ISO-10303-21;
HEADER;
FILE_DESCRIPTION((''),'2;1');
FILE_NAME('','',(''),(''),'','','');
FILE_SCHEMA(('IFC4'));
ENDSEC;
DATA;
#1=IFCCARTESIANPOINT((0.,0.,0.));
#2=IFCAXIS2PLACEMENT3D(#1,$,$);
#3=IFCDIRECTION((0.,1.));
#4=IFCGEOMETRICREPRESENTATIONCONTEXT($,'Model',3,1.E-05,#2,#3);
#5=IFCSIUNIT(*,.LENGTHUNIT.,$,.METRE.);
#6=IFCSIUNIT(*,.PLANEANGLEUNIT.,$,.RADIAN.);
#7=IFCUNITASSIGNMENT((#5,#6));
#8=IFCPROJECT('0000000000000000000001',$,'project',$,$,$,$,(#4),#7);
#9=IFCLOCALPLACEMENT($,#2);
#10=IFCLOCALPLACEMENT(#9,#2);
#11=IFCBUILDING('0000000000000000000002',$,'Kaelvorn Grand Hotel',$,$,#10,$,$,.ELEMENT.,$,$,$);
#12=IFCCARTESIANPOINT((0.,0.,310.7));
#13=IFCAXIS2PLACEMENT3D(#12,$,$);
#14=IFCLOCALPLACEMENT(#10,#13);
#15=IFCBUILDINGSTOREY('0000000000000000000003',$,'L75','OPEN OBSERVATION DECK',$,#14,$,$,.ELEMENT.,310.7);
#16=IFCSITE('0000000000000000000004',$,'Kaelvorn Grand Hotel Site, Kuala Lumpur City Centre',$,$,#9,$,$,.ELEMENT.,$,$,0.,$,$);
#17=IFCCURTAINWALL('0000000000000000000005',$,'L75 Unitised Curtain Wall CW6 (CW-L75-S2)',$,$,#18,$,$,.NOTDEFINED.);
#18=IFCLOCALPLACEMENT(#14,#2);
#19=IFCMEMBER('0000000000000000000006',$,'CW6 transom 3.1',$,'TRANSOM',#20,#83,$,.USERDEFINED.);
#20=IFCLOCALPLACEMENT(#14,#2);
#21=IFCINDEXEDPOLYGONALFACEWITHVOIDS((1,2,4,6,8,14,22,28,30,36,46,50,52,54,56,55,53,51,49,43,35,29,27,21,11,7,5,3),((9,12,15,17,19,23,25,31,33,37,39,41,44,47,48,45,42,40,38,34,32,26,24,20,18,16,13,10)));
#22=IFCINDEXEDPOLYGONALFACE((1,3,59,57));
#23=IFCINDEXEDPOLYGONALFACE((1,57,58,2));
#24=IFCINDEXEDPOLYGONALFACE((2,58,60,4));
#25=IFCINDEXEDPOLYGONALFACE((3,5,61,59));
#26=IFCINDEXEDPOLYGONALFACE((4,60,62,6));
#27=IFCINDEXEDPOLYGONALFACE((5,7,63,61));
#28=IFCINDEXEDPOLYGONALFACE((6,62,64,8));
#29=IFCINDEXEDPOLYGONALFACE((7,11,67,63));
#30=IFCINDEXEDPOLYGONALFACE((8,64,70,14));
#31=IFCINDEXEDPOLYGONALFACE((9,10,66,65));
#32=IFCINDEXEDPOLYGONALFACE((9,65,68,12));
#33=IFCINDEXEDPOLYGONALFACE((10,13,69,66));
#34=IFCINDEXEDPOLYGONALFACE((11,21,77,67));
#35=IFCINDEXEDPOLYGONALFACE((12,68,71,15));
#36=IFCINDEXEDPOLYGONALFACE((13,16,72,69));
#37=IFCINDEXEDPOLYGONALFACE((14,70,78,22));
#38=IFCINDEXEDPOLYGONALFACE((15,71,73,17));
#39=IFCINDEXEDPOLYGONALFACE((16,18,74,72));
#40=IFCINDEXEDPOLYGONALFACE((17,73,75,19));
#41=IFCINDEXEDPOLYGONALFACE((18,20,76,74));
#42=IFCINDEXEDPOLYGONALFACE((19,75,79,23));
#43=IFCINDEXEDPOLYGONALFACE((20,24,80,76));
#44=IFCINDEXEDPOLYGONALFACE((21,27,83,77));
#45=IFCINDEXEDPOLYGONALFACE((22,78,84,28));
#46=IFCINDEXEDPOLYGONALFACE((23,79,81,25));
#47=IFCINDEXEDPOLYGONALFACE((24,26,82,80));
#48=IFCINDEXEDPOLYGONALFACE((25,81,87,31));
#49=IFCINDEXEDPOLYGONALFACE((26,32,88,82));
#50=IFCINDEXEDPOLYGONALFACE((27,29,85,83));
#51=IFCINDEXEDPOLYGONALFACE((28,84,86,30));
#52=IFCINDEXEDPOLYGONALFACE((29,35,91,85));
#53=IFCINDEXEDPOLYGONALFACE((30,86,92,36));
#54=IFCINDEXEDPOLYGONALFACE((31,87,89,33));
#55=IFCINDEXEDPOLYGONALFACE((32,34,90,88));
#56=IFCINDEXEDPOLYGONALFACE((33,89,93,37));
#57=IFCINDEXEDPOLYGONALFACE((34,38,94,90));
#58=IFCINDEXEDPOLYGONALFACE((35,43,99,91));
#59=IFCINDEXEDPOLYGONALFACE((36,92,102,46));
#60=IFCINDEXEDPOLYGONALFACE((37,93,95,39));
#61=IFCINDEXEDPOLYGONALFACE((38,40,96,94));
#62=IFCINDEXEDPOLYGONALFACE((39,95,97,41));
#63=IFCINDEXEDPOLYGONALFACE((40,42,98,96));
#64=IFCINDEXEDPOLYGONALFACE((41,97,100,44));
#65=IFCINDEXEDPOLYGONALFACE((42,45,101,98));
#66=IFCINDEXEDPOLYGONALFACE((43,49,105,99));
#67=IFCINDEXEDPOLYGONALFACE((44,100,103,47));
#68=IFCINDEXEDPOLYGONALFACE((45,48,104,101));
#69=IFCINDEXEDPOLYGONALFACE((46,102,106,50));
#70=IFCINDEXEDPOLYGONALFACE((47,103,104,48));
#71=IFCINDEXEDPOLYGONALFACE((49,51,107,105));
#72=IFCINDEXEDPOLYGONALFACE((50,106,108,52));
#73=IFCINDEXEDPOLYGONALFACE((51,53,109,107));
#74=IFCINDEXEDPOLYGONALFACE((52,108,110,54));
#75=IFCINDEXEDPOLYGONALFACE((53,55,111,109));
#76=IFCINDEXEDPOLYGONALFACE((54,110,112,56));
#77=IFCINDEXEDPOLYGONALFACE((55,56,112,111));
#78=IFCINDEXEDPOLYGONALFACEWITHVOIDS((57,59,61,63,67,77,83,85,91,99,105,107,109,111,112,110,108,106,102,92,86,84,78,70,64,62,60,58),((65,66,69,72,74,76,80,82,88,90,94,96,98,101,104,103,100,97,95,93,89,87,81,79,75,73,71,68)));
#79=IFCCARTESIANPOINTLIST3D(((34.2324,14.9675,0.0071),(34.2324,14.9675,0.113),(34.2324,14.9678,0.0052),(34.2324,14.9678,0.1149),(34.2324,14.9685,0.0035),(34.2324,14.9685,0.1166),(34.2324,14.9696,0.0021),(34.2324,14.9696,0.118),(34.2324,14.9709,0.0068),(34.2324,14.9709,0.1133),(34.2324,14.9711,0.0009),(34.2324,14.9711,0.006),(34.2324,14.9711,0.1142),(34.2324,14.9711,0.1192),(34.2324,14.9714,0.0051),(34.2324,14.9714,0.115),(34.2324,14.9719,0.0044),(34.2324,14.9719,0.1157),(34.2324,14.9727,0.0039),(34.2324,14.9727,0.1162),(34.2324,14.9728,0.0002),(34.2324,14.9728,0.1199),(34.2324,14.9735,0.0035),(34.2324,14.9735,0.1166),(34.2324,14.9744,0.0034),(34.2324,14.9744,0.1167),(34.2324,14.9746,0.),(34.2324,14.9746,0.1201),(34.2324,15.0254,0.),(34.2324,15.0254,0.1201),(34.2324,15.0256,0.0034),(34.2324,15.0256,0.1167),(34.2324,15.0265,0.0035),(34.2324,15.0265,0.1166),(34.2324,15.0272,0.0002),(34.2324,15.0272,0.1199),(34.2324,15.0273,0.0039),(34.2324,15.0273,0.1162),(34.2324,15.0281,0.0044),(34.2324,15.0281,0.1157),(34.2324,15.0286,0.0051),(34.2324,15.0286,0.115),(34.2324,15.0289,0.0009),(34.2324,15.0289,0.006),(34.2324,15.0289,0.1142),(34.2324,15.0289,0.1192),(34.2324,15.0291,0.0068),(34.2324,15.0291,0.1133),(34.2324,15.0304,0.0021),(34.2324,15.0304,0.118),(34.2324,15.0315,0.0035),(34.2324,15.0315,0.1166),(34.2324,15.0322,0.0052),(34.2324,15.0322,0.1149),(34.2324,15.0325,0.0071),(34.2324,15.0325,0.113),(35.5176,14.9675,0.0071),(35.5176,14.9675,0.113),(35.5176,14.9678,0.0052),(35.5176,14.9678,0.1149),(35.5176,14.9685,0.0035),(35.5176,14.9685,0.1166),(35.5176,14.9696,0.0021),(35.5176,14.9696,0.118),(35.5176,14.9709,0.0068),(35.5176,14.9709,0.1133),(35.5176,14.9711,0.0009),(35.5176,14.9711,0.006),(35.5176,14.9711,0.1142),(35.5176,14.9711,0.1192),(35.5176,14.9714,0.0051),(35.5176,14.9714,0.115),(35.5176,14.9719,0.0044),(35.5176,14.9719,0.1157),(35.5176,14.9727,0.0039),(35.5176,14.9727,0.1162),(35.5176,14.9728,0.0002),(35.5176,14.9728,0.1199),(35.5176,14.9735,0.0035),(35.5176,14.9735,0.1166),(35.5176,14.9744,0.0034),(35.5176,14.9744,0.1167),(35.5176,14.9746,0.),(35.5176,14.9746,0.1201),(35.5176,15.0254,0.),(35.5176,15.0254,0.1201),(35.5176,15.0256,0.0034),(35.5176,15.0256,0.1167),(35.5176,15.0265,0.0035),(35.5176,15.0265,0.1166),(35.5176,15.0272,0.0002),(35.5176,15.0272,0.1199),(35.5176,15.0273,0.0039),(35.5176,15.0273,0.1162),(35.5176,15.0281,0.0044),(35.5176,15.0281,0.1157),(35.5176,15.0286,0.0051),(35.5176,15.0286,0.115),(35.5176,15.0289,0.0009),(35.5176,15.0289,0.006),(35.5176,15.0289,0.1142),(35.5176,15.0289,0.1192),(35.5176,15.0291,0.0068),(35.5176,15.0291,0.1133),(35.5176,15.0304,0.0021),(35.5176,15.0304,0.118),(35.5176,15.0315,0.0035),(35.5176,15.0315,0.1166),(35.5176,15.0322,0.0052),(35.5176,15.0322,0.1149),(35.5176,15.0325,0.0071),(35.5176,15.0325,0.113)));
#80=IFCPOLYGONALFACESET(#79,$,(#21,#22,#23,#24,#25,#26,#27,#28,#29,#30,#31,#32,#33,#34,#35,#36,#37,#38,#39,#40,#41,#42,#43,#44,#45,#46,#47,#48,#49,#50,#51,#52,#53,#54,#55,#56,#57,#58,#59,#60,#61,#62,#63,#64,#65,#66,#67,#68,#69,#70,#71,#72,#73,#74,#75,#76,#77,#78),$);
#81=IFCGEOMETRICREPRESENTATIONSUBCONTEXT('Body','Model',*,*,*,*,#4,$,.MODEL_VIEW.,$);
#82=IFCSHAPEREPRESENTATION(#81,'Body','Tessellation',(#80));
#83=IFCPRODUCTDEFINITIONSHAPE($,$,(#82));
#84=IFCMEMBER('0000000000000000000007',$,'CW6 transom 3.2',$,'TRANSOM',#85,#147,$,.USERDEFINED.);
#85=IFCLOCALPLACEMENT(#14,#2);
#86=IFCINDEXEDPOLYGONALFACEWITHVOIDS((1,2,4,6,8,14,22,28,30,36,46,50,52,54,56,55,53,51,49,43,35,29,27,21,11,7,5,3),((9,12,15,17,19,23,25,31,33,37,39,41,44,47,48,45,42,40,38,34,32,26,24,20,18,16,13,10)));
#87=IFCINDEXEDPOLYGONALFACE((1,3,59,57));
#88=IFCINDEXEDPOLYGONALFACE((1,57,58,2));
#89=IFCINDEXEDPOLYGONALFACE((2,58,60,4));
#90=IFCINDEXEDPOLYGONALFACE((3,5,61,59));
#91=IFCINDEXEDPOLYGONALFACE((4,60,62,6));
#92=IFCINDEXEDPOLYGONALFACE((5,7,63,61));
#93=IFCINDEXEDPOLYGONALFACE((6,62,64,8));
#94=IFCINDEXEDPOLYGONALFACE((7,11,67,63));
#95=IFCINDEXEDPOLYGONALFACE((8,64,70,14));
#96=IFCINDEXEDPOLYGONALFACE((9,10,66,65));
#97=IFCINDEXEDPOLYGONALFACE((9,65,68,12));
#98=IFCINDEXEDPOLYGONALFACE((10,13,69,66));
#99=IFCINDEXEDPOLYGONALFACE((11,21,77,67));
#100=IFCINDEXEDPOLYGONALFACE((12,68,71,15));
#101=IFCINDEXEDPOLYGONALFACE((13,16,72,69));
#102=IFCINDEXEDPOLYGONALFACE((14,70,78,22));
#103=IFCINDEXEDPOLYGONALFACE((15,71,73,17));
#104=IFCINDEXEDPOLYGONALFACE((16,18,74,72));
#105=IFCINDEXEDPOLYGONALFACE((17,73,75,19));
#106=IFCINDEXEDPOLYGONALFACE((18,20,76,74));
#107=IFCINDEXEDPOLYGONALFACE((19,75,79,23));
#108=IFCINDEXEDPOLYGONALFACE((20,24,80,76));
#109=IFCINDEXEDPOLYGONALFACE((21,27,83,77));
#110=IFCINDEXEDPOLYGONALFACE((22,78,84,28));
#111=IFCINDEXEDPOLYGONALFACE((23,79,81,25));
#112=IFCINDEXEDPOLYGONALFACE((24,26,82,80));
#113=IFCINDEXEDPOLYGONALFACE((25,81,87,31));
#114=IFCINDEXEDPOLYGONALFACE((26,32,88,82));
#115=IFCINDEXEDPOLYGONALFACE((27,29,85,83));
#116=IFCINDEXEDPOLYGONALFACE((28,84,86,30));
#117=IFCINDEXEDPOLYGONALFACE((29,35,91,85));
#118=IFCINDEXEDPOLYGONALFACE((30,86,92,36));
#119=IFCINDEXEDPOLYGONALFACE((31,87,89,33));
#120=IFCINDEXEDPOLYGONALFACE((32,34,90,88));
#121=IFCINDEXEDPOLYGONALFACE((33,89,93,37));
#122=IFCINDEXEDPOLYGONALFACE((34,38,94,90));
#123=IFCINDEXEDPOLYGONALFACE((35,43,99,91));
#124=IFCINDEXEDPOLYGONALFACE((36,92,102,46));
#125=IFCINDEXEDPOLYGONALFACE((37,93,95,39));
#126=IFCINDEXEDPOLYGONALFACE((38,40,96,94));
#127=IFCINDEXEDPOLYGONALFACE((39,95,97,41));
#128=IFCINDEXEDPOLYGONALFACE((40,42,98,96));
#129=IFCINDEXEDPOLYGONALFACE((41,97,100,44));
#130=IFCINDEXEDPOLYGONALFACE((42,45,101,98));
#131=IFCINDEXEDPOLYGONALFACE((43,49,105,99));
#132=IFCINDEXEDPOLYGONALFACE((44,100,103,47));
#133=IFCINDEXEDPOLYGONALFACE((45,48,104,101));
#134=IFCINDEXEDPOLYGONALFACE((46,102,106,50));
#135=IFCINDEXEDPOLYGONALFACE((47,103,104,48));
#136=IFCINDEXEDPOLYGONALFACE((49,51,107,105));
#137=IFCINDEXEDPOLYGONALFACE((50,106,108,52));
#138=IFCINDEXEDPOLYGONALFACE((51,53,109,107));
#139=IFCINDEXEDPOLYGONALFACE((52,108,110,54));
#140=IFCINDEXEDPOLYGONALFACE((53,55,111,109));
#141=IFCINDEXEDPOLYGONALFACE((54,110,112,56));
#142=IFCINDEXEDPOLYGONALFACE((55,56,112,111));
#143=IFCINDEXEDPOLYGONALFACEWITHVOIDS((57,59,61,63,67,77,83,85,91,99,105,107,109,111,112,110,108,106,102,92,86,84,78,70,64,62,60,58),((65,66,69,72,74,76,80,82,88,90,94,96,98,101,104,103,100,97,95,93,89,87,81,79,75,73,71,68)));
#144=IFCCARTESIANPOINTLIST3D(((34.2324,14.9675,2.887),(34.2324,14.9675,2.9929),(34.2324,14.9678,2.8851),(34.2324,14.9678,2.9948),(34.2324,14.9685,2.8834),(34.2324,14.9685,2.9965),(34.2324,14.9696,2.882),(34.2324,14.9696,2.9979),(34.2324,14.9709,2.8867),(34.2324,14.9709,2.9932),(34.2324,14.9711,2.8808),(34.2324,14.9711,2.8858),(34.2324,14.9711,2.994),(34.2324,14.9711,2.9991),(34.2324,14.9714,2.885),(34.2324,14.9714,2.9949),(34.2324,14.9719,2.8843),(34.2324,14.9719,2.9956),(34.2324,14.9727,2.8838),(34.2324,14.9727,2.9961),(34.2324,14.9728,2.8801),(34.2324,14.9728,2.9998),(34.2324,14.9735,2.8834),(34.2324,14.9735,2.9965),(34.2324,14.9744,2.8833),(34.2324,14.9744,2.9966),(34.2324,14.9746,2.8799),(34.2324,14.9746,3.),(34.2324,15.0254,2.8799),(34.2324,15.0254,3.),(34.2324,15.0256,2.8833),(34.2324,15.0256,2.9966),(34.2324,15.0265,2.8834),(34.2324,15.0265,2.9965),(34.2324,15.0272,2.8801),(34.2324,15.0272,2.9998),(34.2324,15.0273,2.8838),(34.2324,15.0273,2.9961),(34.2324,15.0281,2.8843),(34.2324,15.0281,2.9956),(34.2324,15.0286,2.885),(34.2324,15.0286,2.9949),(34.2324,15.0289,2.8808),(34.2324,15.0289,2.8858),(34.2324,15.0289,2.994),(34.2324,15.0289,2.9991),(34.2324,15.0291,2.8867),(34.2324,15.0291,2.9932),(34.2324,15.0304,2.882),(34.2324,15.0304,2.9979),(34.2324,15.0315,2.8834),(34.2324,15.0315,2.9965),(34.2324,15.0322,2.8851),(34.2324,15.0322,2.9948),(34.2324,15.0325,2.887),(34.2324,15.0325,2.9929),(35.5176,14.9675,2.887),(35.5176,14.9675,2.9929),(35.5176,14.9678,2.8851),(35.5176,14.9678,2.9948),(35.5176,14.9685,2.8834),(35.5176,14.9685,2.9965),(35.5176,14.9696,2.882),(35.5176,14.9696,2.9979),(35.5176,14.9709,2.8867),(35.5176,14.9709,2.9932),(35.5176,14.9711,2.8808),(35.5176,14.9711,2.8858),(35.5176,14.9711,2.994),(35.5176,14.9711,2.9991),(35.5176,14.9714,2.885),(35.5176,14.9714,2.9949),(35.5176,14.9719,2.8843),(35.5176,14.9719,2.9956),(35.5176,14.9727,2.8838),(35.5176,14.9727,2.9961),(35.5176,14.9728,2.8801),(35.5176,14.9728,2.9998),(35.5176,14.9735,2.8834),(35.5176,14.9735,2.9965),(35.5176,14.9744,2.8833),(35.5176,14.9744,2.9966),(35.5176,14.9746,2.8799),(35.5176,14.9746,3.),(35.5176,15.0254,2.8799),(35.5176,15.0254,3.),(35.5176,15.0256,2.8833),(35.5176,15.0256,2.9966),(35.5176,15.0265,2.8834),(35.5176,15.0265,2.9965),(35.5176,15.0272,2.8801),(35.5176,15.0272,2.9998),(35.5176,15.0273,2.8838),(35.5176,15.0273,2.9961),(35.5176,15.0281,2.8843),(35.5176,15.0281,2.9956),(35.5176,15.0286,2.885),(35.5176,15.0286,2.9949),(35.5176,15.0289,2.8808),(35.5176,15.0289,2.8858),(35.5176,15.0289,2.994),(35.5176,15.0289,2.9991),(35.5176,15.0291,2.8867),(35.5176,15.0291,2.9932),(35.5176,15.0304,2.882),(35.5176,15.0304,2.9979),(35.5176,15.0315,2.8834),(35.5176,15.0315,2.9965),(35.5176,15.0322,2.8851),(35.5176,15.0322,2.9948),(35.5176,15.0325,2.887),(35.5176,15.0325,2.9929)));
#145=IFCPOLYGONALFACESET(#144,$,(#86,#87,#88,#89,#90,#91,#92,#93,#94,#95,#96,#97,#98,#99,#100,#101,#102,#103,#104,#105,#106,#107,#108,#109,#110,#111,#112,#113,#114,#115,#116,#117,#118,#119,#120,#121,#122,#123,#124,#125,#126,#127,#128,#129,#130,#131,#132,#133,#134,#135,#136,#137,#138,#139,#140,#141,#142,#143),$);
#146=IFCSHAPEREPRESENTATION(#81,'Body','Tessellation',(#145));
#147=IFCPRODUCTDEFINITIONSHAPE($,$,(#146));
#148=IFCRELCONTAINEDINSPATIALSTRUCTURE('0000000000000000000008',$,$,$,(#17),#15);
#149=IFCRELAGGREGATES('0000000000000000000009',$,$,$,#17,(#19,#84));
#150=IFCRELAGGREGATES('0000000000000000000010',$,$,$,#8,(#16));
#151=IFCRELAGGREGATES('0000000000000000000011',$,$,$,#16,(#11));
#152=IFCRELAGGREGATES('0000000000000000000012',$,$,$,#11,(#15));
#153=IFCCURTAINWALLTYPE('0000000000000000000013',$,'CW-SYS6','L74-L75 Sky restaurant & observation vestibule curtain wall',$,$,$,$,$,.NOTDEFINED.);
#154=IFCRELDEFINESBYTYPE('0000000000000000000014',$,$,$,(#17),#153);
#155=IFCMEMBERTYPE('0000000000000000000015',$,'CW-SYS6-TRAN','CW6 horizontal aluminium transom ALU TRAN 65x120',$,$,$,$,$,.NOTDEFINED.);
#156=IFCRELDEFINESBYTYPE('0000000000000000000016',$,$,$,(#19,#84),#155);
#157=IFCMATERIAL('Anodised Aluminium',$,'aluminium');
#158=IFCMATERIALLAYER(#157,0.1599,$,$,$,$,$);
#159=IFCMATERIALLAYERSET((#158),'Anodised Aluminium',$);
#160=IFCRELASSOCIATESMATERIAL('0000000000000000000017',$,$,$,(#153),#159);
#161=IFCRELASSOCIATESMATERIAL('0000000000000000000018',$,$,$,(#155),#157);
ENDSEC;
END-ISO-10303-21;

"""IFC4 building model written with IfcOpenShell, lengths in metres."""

from ifc_helpers import new_model, si_unit, direction, frame, origin, origin_2d, place, context, subcontext, project, spatial, hollow_rectangle, extrude, material, layer, layer_set, material_profile, profile_set, type_object, element, aggregate, save


model = new_model("IFC4")

# Units and contexts
model_context = context("Model", 3, precision=1e-05, world=origin(), true_north=direction((0.0, 1.0)))
body_context = subcontext(model_context, "Body", "Model", "MODEL_VIEW")
ifc_project = project(units=[si_unit("LENGTHUNIT", "METRE"), si_unit("PLANEANGLEUNIT", "RADIAN")], contexts=[model_context])

# Site, building, storey
site_placement = place(None, origin())
site = spatial("IfcSite", under=ifc_project, at=site_placement, Name="Kaelvorn Grand Hotel Site, Kuala Lumpur City Centre", CompositionType="ELEMENT", RefElevation=0.0)
building_placement = place(site_placement, origin())
building = spatial("IfcBuilding", under=site, at=building_placement, Name="Kaelvorn Grand Hotel", CompositionType="ELEMENT")
storey_placement = place(building_placement, frame((0.0, 0.0, 310.7)))
storey = spatial("IfcBuildingStorey", under=building, at=storey_placement, Name="L75", Description="OPEN OBSERVATION DECK", CompositionType="ELEMENT", Elevation=310.7)

# Curtain wall, members
ifc_material_1 = material(Name="Anodised Aluminium", Category="aluminium")
ifc_layer_1 = layer(ifc_material_1, 0.1599)
ifc_layer_set_1 = layer_set([ifc_layer_1], Name="Anodised Aluminium")
curtain_wall_type = type_object("IfcCurtainWallType", Name="CW-SYS6", Description="L74-L75 Sky restaurant & observation vestibule curtain wall", PredefinedType="NOTDEFINED", material=ifc_layer_set_1)
curtain_wall_placement = place(storey_placement, origin())
curtain_wall = element("IfcCurtainWall", 1, at=curtain_wall_placement, inside=storey, type_object=curtain_wall_type, Name="L75 Unitised Curtain Wall CW6 (CW-L75-S2)", PredefinedType="NOTDEFINED")
ifc_material_profile_1 = material_profile(ifc_material_1, hollow_rectangle(XDim=0.0649, YDim=0.1201, WallThickness=0.0034, InnerFilletRadius=0.0034, OuterFilletRadius=0.0071, at=origin_2d()), Name="ALU TRAN 65x120")
ifc_profile_set_1 = profile_set([ifc_material_profile_1], Name="Anodised Aluminium")
member_type_1 = type_object("IfcMemberType", Name="CW-SYS6-TRAN", Description="CW6 horizontal aluminium transom ALU TRAN 65x120", PredefinedType="NOTDEFINED", material=ifc_profile_set_1)
member_1_placement = place(storey_placement, frame((34.2324, 15.0, 0.0601), z_axis=(1.0, 0.0, 0.0), x_axis=(0.0, 1.0, 0.0)))
member_1 = element("IfcMember", 2, at=member_1_placement, type_object=member_type_1, Name="CW6 transom 3.1", ObjectType="TRANSOM", PredefinedType="USERDEFINED", context=body_context, shape_type="SweptSolid", body=[
    extrude(hollow_rectangle(XDim=0.0649, YDim=0.1201, WallThickness=0.0034, InnerFilletRadius=0.0034, OuterFilletRadius=0.0071, at=origin_2d()), origin(), (0.0, 0.0, 1.0), 1.2852),
])
member_2_placement = place(storey_placement, frame((34.2324, 15.0, 2.9399), z_axis=(1.0, 0.0, 0.0), x_axis=(0.0, 1.0, 0.0)))
member_2 = element("IfcMember", 3, at=member_2_placement, type_object=member_type_1, Name="CW6 transom 3.2", ObjectType="TRANSOM", PredefinedType="USERDEFINED", context=body_context, shape_type="SweptSolid", body=[
    extrude(hollow_rectangle(XDim=0.0649, YDim=0.1201, WallThickness=0.0034, InnerFilletRadius=0.0034, OuterFilletRadius=0.0071, at=origin_2d()), origin(), (0.0, 0.0, 1.0), 1.2852),
])

aggregate(curtain_wall, [member_1, member_2])

save(model, "model.ifc")
